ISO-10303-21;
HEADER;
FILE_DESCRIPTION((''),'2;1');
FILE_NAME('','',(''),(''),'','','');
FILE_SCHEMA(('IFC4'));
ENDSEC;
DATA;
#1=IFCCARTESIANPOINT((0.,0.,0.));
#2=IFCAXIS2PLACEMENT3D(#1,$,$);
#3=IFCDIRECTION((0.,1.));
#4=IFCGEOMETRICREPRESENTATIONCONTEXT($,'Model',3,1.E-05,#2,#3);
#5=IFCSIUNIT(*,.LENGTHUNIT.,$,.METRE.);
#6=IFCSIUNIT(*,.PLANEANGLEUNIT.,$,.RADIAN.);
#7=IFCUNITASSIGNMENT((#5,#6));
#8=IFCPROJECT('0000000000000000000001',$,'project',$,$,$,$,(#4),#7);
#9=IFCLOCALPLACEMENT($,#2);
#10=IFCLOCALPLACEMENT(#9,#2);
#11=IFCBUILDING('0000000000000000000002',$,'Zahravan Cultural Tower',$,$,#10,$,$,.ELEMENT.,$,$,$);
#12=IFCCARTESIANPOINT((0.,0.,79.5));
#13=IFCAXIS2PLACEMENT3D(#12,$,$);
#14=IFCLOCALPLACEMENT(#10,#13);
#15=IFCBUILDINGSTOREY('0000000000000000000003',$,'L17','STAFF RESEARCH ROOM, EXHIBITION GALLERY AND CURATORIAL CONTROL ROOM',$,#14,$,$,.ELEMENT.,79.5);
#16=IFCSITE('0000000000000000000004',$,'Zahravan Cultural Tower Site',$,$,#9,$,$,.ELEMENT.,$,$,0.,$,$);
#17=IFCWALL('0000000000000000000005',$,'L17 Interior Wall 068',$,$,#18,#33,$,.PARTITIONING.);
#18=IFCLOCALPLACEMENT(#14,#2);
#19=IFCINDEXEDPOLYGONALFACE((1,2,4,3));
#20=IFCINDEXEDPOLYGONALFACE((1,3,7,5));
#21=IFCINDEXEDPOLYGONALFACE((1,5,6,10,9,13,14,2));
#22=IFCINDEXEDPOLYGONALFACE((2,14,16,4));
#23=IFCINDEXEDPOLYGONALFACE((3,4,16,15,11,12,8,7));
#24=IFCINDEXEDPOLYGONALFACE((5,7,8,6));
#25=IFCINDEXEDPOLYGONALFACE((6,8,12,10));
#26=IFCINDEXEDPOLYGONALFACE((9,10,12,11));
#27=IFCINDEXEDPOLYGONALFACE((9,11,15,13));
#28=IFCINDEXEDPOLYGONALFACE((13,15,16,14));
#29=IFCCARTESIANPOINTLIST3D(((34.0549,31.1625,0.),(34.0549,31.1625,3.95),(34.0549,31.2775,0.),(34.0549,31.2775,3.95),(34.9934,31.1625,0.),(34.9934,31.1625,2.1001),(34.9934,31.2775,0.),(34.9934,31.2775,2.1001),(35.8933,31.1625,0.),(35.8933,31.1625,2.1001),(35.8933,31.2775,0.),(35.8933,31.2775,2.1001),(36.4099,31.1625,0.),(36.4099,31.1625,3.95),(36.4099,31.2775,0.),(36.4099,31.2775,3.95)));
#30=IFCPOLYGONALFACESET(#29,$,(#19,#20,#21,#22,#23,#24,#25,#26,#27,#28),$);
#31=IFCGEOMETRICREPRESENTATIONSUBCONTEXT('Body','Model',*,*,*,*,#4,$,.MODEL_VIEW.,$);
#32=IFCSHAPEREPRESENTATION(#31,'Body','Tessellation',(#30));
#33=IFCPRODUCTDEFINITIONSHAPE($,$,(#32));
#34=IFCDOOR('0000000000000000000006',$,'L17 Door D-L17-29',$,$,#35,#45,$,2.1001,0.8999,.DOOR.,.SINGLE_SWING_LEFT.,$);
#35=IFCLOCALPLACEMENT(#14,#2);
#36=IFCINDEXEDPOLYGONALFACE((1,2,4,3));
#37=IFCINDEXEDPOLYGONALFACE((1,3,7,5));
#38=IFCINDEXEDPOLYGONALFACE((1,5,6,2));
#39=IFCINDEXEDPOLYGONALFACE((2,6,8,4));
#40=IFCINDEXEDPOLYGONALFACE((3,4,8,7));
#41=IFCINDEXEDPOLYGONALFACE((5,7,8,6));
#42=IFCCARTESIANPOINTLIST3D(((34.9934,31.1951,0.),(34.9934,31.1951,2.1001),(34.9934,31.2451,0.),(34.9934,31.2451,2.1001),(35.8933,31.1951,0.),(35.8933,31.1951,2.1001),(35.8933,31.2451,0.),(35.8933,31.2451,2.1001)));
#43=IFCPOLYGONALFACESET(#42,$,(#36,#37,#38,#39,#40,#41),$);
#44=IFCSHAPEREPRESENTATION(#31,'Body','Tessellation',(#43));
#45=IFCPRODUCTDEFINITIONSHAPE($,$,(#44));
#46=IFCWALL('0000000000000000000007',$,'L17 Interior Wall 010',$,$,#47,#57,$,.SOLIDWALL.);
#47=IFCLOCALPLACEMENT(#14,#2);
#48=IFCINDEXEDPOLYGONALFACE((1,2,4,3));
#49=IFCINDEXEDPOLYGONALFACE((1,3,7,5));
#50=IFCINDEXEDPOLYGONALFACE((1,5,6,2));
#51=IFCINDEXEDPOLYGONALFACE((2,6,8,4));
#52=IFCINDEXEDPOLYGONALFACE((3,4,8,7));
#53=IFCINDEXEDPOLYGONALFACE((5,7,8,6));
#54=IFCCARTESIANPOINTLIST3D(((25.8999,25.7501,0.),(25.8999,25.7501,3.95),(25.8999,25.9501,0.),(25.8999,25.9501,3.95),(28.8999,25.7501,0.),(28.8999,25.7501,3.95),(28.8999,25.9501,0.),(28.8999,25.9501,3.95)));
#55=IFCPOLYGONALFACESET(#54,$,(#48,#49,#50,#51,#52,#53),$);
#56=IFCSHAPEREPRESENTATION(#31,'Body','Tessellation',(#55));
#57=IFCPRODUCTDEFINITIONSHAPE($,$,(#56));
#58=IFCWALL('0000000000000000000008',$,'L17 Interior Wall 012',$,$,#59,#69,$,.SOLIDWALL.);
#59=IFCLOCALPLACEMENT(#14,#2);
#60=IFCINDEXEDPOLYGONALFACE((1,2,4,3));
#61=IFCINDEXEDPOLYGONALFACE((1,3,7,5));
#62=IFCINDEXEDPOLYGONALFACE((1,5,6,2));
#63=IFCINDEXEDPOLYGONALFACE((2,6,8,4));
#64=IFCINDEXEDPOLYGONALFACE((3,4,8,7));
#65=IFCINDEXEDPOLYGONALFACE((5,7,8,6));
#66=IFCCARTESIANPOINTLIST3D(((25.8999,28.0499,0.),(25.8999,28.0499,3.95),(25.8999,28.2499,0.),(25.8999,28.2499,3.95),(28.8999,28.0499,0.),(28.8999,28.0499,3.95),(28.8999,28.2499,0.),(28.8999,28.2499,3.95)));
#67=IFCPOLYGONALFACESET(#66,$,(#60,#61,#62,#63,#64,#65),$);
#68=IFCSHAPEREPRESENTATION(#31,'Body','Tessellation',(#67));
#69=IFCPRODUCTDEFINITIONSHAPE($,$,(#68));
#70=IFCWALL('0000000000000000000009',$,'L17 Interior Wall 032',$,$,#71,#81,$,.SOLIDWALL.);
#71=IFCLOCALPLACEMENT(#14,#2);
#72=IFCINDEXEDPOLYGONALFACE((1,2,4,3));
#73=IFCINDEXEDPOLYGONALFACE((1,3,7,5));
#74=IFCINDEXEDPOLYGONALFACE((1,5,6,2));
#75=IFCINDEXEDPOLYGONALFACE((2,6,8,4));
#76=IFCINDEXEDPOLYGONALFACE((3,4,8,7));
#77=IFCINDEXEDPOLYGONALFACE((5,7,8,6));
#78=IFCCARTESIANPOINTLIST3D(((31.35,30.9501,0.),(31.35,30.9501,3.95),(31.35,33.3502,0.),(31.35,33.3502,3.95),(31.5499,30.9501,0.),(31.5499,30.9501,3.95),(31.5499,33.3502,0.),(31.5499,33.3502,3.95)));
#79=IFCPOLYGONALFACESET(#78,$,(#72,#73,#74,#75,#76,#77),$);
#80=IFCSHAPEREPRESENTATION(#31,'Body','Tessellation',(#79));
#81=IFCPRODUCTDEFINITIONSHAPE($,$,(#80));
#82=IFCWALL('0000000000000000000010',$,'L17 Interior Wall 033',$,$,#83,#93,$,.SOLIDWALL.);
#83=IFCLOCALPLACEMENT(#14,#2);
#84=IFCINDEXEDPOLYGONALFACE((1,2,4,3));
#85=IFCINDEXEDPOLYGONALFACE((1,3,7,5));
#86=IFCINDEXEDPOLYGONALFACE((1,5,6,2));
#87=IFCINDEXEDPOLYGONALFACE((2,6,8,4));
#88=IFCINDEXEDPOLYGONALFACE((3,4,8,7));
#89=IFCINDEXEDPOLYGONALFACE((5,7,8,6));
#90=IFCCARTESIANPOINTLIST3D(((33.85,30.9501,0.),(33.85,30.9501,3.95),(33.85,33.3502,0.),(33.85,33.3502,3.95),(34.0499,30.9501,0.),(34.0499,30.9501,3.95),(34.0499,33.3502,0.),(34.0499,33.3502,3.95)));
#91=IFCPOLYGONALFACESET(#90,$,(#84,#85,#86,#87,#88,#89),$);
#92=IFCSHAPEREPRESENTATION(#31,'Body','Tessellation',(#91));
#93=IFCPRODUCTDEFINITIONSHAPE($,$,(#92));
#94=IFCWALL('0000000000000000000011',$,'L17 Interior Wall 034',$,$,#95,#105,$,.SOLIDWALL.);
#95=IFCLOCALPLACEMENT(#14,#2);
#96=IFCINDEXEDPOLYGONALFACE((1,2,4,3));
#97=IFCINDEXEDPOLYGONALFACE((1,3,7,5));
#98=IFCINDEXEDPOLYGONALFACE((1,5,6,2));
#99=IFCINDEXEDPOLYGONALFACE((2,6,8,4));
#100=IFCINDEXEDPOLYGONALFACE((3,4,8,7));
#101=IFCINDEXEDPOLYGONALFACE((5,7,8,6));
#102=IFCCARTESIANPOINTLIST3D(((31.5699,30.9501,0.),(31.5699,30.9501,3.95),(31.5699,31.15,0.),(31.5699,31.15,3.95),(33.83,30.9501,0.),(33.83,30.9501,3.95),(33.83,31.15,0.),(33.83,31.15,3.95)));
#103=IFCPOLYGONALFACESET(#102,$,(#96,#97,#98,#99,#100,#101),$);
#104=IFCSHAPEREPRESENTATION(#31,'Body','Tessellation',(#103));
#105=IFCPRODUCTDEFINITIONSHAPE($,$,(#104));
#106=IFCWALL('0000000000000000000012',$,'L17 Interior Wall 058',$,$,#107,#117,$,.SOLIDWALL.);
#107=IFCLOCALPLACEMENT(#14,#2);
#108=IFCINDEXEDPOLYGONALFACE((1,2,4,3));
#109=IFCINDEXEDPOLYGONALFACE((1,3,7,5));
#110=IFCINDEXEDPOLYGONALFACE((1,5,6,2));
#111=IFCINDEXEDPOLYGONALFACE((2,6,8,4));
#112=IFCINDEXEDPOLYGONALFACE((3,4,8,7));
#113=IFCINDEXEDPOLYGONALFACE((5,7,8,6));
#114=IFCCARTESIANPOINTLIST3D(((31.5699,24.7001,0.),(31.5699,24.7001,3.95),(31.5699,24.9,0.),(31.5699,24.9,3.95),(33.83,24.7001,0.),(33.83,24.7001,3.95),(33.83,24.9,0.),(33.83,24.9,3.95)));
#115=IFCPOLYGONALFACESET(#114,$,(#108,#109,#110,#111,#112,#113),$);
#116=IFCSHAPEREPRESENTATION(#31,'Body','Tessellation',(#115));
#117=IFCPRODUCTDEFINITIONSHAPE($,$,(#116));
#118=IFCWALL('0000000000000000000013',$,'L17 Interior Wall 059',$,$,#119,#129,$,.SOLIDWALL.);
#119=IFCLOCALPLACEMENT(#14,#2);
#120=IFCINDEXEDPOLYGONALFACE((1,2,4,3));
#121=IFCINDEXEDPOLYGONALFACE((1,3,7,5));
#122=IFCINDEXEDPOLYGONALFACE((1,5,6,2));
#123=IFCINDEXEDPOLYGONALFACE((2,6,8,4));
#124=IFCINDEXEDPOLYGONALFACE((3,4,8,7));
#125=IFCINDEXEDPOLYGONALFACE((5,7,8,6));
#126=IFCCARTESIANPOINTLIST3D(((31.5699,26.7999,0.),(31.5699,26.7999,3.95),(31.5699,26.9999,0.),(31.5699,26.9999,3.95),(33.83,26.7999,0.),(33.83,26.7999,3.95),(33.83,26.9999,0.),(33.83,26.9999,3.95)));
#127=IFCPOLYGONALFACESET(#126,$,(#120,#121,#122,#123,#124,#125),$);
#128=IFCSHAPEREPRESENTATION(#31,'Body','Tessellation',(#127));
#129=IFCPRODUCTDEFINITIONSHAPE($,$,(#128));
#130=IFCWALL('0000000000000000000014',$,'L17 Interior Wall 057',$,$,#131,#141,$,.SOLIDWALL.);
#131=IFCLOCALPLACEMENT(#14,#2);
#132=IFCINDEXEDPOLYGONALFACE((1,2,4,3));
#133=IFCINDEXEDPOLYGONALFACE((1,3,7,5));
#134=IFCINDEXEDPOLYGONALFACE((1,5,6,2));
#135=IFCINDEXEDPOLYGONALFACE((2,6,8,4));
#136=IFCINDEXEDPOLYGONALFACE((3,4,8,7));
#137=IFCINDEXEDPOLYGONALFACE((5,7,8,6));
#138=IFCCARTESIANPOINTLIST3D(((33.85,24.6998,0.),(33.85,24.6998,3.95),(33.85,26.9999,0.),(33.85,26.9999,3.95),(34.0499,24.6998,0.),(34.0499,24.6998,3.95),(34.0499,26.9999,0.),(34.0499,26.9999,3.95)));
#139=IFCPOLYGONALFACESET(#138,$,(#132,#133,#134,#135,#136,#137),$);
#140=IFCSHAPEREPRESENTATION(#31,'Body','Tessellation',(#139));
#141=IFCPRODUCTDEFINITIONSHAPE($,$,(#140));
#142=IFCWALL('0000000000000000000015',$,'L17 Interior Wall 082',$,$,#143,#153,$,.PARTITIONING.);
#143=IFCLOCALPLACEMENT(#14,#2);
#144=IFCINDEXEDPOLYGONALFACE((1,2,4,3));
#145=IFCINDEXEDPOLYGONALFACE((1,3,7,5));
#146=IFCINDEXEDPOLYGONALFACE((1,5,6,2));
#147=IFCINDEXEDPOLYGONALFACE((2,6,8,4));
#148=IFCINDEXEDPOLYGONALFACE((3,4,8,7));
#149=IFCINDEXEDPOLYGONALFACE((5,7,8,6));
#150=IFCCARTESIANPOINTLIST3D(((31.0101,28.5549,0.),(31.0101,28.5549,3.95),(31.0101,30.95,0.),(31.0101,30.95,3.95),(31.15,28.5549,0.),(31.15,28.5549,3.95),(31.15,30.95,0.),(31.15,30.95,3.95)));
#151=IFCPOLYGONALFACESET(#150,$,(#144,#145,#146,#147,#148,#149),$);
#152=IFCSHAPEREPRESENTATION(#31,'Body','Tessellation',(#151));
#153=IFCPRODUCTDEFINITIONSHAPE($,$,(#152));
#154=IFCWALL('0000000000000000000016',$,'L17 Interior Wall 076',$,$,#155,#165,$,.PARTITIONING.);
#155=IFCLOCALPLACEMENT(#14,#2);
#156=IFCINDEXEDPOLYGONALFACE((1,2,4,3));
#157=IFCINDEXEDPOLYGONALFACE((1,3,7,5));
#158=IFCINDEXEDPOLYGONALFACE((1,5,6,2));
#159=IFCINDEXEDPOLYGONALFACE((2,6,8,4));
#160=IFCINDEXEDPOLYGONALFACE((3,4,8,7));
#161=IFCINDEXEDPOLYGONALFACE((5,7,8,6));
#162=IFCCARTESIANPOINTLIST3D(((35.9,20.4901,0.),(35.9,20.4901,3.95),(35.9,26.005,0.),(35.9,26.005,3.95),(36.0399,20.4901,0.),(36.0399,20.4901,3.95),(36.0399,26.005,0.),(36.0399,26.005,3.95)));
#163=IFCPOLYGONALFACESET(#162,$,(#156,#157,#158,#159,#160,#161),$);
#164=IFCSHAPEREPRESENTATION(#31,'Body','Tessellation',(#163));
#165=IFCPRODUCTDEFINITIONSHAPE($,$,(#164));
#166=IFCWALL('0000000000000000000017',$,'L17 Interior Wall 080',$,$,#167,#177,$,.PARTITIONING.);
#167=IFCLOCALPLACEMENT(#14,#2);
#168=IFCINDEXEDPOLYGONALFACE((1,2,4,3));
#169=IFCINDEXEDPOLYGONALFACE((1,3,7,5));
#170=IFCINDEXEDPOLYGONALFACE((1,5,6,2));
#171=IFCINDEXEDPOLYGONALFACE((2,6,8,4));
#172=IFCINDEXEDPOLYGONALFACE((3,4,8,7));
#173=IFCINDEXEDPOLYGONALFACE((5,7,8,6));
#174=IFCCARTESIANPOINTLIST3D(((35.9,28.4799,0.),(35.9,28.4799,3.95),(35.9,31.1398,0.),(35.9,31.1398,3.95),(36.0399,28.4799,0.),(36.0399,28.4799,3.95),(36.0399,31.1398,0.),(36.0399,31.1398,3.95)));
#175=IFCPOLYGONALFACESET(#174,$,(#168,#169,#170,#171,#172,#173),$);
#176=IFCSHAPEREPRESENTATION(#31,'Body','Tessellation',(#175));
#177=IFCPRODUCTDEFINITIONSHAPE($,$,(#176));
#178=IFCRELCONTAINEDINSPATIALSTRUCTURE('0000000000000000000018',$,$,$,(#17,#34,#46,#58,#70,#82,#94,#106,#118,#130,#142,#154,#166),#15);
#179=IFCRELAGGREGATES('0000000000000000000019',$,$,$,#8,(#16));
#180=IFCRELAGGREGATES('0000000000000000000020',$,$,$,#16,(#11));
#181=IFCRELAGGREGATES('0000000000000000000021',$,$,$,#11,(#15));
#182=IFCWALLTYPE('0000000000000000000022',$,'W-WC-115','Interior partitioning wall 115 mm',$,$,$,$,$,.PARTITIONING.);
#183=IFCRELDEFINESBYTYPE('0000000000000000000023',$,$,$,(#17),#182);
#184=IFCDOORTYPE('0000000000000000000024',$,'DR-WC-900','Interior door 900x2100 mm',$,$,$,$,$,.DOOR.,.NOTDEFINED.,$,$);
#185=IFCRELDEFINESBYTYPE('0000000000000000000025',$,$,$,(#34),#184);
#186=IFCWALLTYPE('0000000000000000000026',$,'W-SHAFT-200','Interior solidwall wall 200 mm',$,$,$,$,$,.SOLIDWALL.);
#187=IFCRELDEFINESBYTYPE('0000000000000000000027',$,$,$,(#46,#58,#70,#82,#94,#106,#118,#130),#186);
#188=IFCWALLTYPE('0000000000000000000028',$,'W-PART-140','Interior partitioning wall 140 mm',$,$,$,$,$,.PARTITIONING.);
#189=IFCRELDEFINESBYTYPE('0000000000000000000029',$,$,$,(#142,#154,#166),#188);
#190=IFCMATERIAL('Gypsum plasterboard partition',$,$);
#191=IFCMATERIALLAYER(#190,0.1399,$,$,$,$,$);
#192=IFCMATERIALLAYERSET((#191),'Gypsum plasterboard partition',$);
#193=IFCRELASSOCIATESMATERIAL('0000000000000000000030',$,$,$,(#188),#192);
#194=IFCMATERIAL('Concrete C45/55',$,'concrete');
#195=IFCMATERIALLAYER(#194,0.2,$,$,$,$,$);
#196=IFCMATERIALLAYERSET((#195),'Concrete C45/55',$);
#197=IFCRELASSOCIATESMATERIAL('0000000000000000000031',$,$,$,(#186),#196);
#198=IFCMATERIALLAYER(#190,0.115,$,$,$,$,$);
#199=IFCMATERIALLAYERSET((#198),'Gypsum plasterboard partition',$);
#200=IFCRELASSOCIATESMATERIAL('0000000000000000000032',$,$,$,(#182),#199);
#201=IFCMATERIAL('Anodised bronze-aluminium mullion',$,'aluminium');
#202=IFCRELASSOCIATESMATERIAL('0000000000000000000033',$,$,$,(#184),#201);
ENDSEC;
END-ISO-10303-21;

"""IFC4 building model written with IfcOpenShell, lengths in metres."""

from ifc_helpers import new_model, si_unit, direction, frame, frame_2d, origin, place, context, subcontext, project, spatial, rectangle, extrude, source, transform, mapped, material, layer, layer_set, type_object, element, fill, save


model = new_model("IFC4")

# Units and contexts
model_context = context("Model", 3, precision=1e-05, world=origin(), true_north=direction((0.0, 1.0)))
body_context = subcontext(model_context, "Body", "Model", "MODEL_VIEW")
ifc_project = project(units=[si_unit("LENGTHUNIT", "METRE"), si_unit("PLANEANGLEUNIT", "RADIAN")], contexts=[model_context])

# Site, building, storey
site_placement = place(None, origin())
site = spatial("IfcSite", under=ifc_project, at=site_placement, Name="Zahravan Cultural Tower Site", CompositionType="ELEMENT", RefElevation=0.0)
building_placement = place(site_placement, origin())
building = spatial("IfcBuilding", under=site, at=building_placement, Name="Zahravan Cultural Tower", CompositionType="ELEMENT")
storey_placement = place(building_placement, frame((0.0, 0.0, 79.5)))
storey = spatial("IfcBuildingStorey", under=building, at=storey_placement, Name="L17", Description="STAFF RESEARCH ROOM, EXHIBITION GALLERY AND CURATORIAL CONTROL ROOM", CompositionType="ELEMENT", Elevation=79.5)

# Wall, opening, door
ifc_material_1 = material(Name="Gypsum plasterboard partition")
ifc_layer_1 = layer(ifc_material_1, 0.1399)
ifc_layer_set_1 = layer_set([ifc_layer_1], Name="Gypsum plasterboard partition")
wall_type_1 = type_object("IfcWallType", Name="W-PART-140", Description="Interior partitioning wall 140 mm", PredefinedType="PARTITIONING", material=ifc_layer_set_1)
ifc_material_2 = material(Name="Anodised bronze-aluminium mullion", Category="aluminium")
ifc_material_3 = material(Name="Concrete C45/55", Category="concrete")
ifc_layer_2 = layer(ifc_material_3, 0.2)
ifc_layer_set_2 = layer_set([ifc_layer_2], Name="Concrete C45/55")
wall_type_2 = type_object("IfcWallType", Name="W-SHAFT-200", Description="Interior solidwall wall 200 mm", PredefinedType="SOLIDWALL", material=ifc_layer_set_2)
ifc_layer_3 = layer(ifc_material_1, 0.115)
ifc_layer_set_3 = layer_set([ifc_layer_3], Name="Gypsum plasterboard partition")
wall_type_3 = type_object("IfcWallType", Name="W-WC-115", Description="Interior partitioning wall 115 mm", PredefinedType="PARTITIONING", material=ifc_layer_set_3)
wall_1_placement = place(storey_placement, frame((36.4099, 31.22, 0.0), z_axis=(0.0, 0.0, 1.0), x_axis=(-1.0, 0.0, 0.0)))
wall_1 = element("IfcWall", 1, at=wall_1_placement, inside=storey, type_object=wall_type_3, Name="L17 Interior Wall 068", PredefinedType="PARTITIONING", context=body_context, shape_type="SweptSolid", body=[
    extrude(rectangle(XDim=2.355, YDim=0.115, at=frame_2d((1.1775, 0.0))), origin(), (0.0, 0.0, 1.0), 3.95),
])
opening_1_placement = place(wall_1_placement, frame((0.5166, 0.0, 0.0)))
opening_1 = element("IfcOpeningElement", 2, at=opening_1_placement, cuts=wall_1, PredefinedType="OPENING", context=body_context, shape_type="SweptSolid", body=[
    extrude(rectangle(XDim=0.8999, YDim=2.1001, at=frame_2d((0.45, 1.05))), frame((0.0, 0.0674, 0.0), z_axis=(0.0, -1.0, 0.0), x_axis=(1.0, 0.0, 0.0)), (0.0, 0.0, 1.0), 0.135),
])
door_type_1 = type_object("IfcDoorType", Name="DR-WC-900", Description="Interior door 900x2100 mm", OperationType="NOTDEFINED", PredefinedType="DOOR", material=ifc_material_2)
shared_shape_1 = source(origin(), body_context, "Body", "SweptSolid", [
    extrude(rectangle(XDim=0.8999, YDim=2.1001, at=frame_2d((0.45, 1.05))), frame((0.0, 0.0249, 0.0), z_axis=(0.0, -1.0, 0.0), x_axis=(1.0, 0.0, 0.0)), (0.0, 0.0, 1.0), 0.05),
])
door_1_placement = place(opening_1_placement, origin())
door_1 = element("IfcDoor", 3, at=door_1_placement, inside=storey, type_object=door_type_1, Name="L17 Door D-L17-29", OperationType="SINGLE_SWING_LEFT", OverallHeight=2.1001, OverallWidth=0.8999, PredefinedType="DOOR", context=body_context, shape_type="MappedRepresentation", body=[
    mapped(shared_shape_1, transform((0.0, 0.0, 0.0), x_axis=(1.0, 0.0, 0.0), y_axis=(0.0, 1.0, 0.0), z_axis=(0.0, 0.0, 1.0), scale=1.0)),
])
fill(opening_1, door_1)

# Walls
shared_shape_2 = source(origin(), body_context, "Body", "SweptSolid", [
    extrude(rectangle(XDim=3.0, YDim=0.2, at=frame_2d((1.5, 0.0))), origin(), (0.0, 0.0, 1.0), 3.95),
])
for number, where, z_axis, x_axis, name in (
    (4, (25.8999, 25.8501, 0.0), (0.0, 0.0, 1.0), (1.0, 0.0, 0.0), "L17 Interior Wall 010"),
    (5, (25.8999, 28.1499, 0.0), (0.0, 0.0, 1.0), (1.0, 0.0, 0.0), "L17 Interior Wall 012"),
):
    element("IfcWall", number, at=place(storey_placement, frame(where, z_axis=z_axis, x_axis=x_axis)), inside=storey, type_object=wall_type_2, Name=name, PredefinedType="SOLIDWALL", context=body_context, shape_type="MappedRepresentation", body=[
        mapped(shared_shape_2, transform((0.0, 0.0, 0.0), x_axis=(1.0, 0.0, 0.0), y_axis=(0.0, 1.0, 0.0), z_axis=(0.0, 0.0, 1.0), scale=1.0)),
    ])
shared_shape_3 = source(origin(), body_context, "Body", "SweptSolid", [
    extrude(rectangle(XDim=2.4001, YDim=0.2, at=frame_2d((1.2002, 0.0))), origin(), (0.0, 0.0, 1.0), 3.95),
])
for number, where, z_axis, x_axis, name in (
    (6, (31.45, 30.95, 0.0), (0.0, 0.0, 1.0), (0.0, 1.0, 0.0), "L17 Interior Wall 032"),
    (7, (33.95, 30.95, 0.0), (0.0, 0.0, 1.0), (0.0, 1.0, 0.0), "L17 Interior Wall 033"),
):
    element("IfcWall", number, at=place(storey_placement, frame(where, z_axis=z_axis, x_axis=x_axis)), inside=storey, type_object=wall_type_2, Name=name, PredefinedType="SOLIDWALL", context=body_context, shape_type="MappedRepresentation", body=[
        mapped(shared_shape_3, transform((0.0, 0.0, 0.0), x_axis=(1.0, 0.0, 0.0), y_axis=(0.0, 1.0, 0.0), z_axis=(0.0, 0.0, 1.0), scale=1.0)),
    ])
shared_shape_4 = source(origin(), body_context, "Body", "SweptSolid", [
    extrude(rectangle(XDim=2.26, YDim=0.2, at=frame_2d((1.1299, 0.0))), origin(), (0.0, 0.0, 1.0), 3.95),
])
for number, where, z_axis, x_axis, name in (
    (8, (31.5701, 31.05, 0.0), (0.0, 0.0, 1.0), (1.0, 0.0, 0.0), "L17 Interior Wall 034"),
    (9, (31.5701, 24.8, 0.0), (0.0, 0.0, 1.0), (1.0, 0.0, 0.0), "L17 Interior Wall 058"),
    (10, (31.5701, 26.8999, 0.0), (0.0, 0.0, 1.0), (1.0, 0.0, 0.0), "L17 Interior Wall 059"),
):
    element("IfcWall", number, at=place(storey_placement, frame(where, z_axis=z_axis, x_axis=x_axis)), inside=storey, type_object=wall_type_2, Name=name, PredefinedType="SOLIDWALL", context=body_context, shape_type="MappedRepresentation", body=[
        mapped(shared_shape_4, transform((0.0, 0.0, 0.0), x_axis=(1.0, 0.0, 0.0), y_axis=(0.0, 1.0, 0.0), z_axis=(0.0, 0.0, 1.0), scale=1.0)),
    ])
shared_shape_5 = source(origin(), body_context, "Body", "SweptSolid", [
    extrude(rectangle(XDim=2.3, YDim=0.2, at=frame_2d((1.1499, 0.0))), origin(), (0.0, 0.0, 1.0), 3.95),
])
wall_2_placement = place(storey_placement, frame((33.95, 24.7, 0.0), z_axis=(0.0, 0.0, 1.0), x_axis=(0.0, 1.0, 0.0)))
element("IfcWall", 11, at=wall_2_placement, inside=storey, type_object=wall_type_2, Name="L17 Interior Wall 057", PredefinedType="SOLIDWALL", context=body_context, shape_type="MappedRepresentation", body=[
    mapped(shared_shape_5, transform((0.0, 0.0, 0.0), x_axis=(1.0, 0.0, 0.0), y_axis=(0.0, 1.0, 0.0), z_axis=(0.0, 0.0, 1.0), scale=1.0)),
])
shared_shape_6 = source(origin(), body_context, "Body", "SweptSolid", [
    extrude(rectangle(XDim=2.395, YDim=0.1399, at=frame_2d((1.1975, 0.0))), origin(), (0.0, 0.0, 1.0), 3.95),
])
wall_3_placement = place(storey_placement, frame((31.0801, 28.5549, 0.0), z_axis=(0.0, 0.0, 1.0), x_axis=(0.0, 1.0, 0.0)))
element("IfcWall", 12, at=wall_3_placement, inside=storey, type_object=wall_type_1, Name="L17 Interior Wall 082", PredefinedType="PARTITIONING", context=body_context, shape_type="MappedRepresentation", body=[
    mapped(shared_shape_6, transform((0.0, 0.0, 0.0), x_axis=(1.0, 0.0, 0.0), y_axis=(0.0, 1.0, 0.0), z_axis=(0.0, 0.0, 1.0), scale=1.0)),
])
shared_shape_7 = source(origin(), body_context, "Body", "SweptSolid", [
    extrude(rectangle(XDim=5.5149, YDim=0.1399, at=frame_2d((2.7573, 0.0))), origin(), (0.0, 0.0, 1.0), 3.95),
])
wall_4_placement = place(storey_placement, frame((35.97, 26.0049, 0.0), z_axis=(0.0, 0.0, 1.0), x_axis=(0.0, -1.0, 0.0)))
element("IfcWall", 13, at=wall_4_placement, inside=storey, type_object=wall_type_1, Name="L17 Interior Wall 076", PredefinedType="PARTITIONING", context=body_context, shape_type="MappedRepresentation", body=[
    mapped(shared_shape_7, transform((0.0, 0.0, 0.0), x_axis=(1.0, 0.0, 0.0), y_axis=(0.0, 1.0, 0.0), z_axis=(0.0, 0.0, 1.0), scale=1.0)),
])
shared_shape_8 = source(origin(), body_context, "Body", "SweptSolid", [
    extrude(rectangle(XDim=2.6599, YDim=0.1399, at=frame_2d((1.3301, 0.0))), origin(), (0.0, 0.0, 1.0), 3.95),
])
wall_5_placement = place(storey_placement, frame((35.97, 31.1399, 0.0), z_axis=(0.0, 0.0, 1.0), x_axis=(0.0, -1.0, 0.0)))
element("IfcWall", 14, at=wall_5_placement, inside=storey, type_object=wall_type_1, Name="L17 Interior Wall 080", PredefinedType="PARTITIONING", context=body_context, shape_type="MappedRepresentation", body=[
    mapped(shared_shape_8, transform((0.0, 0.0, 0.0), x_axis=(1.0, 0.0, 0.0), y_axis=(0.0, 1.0, 0.0), z_axis=(0.0, 0.0, 1.0), scale=1.0)),
])

save(model, "model.ifc")
